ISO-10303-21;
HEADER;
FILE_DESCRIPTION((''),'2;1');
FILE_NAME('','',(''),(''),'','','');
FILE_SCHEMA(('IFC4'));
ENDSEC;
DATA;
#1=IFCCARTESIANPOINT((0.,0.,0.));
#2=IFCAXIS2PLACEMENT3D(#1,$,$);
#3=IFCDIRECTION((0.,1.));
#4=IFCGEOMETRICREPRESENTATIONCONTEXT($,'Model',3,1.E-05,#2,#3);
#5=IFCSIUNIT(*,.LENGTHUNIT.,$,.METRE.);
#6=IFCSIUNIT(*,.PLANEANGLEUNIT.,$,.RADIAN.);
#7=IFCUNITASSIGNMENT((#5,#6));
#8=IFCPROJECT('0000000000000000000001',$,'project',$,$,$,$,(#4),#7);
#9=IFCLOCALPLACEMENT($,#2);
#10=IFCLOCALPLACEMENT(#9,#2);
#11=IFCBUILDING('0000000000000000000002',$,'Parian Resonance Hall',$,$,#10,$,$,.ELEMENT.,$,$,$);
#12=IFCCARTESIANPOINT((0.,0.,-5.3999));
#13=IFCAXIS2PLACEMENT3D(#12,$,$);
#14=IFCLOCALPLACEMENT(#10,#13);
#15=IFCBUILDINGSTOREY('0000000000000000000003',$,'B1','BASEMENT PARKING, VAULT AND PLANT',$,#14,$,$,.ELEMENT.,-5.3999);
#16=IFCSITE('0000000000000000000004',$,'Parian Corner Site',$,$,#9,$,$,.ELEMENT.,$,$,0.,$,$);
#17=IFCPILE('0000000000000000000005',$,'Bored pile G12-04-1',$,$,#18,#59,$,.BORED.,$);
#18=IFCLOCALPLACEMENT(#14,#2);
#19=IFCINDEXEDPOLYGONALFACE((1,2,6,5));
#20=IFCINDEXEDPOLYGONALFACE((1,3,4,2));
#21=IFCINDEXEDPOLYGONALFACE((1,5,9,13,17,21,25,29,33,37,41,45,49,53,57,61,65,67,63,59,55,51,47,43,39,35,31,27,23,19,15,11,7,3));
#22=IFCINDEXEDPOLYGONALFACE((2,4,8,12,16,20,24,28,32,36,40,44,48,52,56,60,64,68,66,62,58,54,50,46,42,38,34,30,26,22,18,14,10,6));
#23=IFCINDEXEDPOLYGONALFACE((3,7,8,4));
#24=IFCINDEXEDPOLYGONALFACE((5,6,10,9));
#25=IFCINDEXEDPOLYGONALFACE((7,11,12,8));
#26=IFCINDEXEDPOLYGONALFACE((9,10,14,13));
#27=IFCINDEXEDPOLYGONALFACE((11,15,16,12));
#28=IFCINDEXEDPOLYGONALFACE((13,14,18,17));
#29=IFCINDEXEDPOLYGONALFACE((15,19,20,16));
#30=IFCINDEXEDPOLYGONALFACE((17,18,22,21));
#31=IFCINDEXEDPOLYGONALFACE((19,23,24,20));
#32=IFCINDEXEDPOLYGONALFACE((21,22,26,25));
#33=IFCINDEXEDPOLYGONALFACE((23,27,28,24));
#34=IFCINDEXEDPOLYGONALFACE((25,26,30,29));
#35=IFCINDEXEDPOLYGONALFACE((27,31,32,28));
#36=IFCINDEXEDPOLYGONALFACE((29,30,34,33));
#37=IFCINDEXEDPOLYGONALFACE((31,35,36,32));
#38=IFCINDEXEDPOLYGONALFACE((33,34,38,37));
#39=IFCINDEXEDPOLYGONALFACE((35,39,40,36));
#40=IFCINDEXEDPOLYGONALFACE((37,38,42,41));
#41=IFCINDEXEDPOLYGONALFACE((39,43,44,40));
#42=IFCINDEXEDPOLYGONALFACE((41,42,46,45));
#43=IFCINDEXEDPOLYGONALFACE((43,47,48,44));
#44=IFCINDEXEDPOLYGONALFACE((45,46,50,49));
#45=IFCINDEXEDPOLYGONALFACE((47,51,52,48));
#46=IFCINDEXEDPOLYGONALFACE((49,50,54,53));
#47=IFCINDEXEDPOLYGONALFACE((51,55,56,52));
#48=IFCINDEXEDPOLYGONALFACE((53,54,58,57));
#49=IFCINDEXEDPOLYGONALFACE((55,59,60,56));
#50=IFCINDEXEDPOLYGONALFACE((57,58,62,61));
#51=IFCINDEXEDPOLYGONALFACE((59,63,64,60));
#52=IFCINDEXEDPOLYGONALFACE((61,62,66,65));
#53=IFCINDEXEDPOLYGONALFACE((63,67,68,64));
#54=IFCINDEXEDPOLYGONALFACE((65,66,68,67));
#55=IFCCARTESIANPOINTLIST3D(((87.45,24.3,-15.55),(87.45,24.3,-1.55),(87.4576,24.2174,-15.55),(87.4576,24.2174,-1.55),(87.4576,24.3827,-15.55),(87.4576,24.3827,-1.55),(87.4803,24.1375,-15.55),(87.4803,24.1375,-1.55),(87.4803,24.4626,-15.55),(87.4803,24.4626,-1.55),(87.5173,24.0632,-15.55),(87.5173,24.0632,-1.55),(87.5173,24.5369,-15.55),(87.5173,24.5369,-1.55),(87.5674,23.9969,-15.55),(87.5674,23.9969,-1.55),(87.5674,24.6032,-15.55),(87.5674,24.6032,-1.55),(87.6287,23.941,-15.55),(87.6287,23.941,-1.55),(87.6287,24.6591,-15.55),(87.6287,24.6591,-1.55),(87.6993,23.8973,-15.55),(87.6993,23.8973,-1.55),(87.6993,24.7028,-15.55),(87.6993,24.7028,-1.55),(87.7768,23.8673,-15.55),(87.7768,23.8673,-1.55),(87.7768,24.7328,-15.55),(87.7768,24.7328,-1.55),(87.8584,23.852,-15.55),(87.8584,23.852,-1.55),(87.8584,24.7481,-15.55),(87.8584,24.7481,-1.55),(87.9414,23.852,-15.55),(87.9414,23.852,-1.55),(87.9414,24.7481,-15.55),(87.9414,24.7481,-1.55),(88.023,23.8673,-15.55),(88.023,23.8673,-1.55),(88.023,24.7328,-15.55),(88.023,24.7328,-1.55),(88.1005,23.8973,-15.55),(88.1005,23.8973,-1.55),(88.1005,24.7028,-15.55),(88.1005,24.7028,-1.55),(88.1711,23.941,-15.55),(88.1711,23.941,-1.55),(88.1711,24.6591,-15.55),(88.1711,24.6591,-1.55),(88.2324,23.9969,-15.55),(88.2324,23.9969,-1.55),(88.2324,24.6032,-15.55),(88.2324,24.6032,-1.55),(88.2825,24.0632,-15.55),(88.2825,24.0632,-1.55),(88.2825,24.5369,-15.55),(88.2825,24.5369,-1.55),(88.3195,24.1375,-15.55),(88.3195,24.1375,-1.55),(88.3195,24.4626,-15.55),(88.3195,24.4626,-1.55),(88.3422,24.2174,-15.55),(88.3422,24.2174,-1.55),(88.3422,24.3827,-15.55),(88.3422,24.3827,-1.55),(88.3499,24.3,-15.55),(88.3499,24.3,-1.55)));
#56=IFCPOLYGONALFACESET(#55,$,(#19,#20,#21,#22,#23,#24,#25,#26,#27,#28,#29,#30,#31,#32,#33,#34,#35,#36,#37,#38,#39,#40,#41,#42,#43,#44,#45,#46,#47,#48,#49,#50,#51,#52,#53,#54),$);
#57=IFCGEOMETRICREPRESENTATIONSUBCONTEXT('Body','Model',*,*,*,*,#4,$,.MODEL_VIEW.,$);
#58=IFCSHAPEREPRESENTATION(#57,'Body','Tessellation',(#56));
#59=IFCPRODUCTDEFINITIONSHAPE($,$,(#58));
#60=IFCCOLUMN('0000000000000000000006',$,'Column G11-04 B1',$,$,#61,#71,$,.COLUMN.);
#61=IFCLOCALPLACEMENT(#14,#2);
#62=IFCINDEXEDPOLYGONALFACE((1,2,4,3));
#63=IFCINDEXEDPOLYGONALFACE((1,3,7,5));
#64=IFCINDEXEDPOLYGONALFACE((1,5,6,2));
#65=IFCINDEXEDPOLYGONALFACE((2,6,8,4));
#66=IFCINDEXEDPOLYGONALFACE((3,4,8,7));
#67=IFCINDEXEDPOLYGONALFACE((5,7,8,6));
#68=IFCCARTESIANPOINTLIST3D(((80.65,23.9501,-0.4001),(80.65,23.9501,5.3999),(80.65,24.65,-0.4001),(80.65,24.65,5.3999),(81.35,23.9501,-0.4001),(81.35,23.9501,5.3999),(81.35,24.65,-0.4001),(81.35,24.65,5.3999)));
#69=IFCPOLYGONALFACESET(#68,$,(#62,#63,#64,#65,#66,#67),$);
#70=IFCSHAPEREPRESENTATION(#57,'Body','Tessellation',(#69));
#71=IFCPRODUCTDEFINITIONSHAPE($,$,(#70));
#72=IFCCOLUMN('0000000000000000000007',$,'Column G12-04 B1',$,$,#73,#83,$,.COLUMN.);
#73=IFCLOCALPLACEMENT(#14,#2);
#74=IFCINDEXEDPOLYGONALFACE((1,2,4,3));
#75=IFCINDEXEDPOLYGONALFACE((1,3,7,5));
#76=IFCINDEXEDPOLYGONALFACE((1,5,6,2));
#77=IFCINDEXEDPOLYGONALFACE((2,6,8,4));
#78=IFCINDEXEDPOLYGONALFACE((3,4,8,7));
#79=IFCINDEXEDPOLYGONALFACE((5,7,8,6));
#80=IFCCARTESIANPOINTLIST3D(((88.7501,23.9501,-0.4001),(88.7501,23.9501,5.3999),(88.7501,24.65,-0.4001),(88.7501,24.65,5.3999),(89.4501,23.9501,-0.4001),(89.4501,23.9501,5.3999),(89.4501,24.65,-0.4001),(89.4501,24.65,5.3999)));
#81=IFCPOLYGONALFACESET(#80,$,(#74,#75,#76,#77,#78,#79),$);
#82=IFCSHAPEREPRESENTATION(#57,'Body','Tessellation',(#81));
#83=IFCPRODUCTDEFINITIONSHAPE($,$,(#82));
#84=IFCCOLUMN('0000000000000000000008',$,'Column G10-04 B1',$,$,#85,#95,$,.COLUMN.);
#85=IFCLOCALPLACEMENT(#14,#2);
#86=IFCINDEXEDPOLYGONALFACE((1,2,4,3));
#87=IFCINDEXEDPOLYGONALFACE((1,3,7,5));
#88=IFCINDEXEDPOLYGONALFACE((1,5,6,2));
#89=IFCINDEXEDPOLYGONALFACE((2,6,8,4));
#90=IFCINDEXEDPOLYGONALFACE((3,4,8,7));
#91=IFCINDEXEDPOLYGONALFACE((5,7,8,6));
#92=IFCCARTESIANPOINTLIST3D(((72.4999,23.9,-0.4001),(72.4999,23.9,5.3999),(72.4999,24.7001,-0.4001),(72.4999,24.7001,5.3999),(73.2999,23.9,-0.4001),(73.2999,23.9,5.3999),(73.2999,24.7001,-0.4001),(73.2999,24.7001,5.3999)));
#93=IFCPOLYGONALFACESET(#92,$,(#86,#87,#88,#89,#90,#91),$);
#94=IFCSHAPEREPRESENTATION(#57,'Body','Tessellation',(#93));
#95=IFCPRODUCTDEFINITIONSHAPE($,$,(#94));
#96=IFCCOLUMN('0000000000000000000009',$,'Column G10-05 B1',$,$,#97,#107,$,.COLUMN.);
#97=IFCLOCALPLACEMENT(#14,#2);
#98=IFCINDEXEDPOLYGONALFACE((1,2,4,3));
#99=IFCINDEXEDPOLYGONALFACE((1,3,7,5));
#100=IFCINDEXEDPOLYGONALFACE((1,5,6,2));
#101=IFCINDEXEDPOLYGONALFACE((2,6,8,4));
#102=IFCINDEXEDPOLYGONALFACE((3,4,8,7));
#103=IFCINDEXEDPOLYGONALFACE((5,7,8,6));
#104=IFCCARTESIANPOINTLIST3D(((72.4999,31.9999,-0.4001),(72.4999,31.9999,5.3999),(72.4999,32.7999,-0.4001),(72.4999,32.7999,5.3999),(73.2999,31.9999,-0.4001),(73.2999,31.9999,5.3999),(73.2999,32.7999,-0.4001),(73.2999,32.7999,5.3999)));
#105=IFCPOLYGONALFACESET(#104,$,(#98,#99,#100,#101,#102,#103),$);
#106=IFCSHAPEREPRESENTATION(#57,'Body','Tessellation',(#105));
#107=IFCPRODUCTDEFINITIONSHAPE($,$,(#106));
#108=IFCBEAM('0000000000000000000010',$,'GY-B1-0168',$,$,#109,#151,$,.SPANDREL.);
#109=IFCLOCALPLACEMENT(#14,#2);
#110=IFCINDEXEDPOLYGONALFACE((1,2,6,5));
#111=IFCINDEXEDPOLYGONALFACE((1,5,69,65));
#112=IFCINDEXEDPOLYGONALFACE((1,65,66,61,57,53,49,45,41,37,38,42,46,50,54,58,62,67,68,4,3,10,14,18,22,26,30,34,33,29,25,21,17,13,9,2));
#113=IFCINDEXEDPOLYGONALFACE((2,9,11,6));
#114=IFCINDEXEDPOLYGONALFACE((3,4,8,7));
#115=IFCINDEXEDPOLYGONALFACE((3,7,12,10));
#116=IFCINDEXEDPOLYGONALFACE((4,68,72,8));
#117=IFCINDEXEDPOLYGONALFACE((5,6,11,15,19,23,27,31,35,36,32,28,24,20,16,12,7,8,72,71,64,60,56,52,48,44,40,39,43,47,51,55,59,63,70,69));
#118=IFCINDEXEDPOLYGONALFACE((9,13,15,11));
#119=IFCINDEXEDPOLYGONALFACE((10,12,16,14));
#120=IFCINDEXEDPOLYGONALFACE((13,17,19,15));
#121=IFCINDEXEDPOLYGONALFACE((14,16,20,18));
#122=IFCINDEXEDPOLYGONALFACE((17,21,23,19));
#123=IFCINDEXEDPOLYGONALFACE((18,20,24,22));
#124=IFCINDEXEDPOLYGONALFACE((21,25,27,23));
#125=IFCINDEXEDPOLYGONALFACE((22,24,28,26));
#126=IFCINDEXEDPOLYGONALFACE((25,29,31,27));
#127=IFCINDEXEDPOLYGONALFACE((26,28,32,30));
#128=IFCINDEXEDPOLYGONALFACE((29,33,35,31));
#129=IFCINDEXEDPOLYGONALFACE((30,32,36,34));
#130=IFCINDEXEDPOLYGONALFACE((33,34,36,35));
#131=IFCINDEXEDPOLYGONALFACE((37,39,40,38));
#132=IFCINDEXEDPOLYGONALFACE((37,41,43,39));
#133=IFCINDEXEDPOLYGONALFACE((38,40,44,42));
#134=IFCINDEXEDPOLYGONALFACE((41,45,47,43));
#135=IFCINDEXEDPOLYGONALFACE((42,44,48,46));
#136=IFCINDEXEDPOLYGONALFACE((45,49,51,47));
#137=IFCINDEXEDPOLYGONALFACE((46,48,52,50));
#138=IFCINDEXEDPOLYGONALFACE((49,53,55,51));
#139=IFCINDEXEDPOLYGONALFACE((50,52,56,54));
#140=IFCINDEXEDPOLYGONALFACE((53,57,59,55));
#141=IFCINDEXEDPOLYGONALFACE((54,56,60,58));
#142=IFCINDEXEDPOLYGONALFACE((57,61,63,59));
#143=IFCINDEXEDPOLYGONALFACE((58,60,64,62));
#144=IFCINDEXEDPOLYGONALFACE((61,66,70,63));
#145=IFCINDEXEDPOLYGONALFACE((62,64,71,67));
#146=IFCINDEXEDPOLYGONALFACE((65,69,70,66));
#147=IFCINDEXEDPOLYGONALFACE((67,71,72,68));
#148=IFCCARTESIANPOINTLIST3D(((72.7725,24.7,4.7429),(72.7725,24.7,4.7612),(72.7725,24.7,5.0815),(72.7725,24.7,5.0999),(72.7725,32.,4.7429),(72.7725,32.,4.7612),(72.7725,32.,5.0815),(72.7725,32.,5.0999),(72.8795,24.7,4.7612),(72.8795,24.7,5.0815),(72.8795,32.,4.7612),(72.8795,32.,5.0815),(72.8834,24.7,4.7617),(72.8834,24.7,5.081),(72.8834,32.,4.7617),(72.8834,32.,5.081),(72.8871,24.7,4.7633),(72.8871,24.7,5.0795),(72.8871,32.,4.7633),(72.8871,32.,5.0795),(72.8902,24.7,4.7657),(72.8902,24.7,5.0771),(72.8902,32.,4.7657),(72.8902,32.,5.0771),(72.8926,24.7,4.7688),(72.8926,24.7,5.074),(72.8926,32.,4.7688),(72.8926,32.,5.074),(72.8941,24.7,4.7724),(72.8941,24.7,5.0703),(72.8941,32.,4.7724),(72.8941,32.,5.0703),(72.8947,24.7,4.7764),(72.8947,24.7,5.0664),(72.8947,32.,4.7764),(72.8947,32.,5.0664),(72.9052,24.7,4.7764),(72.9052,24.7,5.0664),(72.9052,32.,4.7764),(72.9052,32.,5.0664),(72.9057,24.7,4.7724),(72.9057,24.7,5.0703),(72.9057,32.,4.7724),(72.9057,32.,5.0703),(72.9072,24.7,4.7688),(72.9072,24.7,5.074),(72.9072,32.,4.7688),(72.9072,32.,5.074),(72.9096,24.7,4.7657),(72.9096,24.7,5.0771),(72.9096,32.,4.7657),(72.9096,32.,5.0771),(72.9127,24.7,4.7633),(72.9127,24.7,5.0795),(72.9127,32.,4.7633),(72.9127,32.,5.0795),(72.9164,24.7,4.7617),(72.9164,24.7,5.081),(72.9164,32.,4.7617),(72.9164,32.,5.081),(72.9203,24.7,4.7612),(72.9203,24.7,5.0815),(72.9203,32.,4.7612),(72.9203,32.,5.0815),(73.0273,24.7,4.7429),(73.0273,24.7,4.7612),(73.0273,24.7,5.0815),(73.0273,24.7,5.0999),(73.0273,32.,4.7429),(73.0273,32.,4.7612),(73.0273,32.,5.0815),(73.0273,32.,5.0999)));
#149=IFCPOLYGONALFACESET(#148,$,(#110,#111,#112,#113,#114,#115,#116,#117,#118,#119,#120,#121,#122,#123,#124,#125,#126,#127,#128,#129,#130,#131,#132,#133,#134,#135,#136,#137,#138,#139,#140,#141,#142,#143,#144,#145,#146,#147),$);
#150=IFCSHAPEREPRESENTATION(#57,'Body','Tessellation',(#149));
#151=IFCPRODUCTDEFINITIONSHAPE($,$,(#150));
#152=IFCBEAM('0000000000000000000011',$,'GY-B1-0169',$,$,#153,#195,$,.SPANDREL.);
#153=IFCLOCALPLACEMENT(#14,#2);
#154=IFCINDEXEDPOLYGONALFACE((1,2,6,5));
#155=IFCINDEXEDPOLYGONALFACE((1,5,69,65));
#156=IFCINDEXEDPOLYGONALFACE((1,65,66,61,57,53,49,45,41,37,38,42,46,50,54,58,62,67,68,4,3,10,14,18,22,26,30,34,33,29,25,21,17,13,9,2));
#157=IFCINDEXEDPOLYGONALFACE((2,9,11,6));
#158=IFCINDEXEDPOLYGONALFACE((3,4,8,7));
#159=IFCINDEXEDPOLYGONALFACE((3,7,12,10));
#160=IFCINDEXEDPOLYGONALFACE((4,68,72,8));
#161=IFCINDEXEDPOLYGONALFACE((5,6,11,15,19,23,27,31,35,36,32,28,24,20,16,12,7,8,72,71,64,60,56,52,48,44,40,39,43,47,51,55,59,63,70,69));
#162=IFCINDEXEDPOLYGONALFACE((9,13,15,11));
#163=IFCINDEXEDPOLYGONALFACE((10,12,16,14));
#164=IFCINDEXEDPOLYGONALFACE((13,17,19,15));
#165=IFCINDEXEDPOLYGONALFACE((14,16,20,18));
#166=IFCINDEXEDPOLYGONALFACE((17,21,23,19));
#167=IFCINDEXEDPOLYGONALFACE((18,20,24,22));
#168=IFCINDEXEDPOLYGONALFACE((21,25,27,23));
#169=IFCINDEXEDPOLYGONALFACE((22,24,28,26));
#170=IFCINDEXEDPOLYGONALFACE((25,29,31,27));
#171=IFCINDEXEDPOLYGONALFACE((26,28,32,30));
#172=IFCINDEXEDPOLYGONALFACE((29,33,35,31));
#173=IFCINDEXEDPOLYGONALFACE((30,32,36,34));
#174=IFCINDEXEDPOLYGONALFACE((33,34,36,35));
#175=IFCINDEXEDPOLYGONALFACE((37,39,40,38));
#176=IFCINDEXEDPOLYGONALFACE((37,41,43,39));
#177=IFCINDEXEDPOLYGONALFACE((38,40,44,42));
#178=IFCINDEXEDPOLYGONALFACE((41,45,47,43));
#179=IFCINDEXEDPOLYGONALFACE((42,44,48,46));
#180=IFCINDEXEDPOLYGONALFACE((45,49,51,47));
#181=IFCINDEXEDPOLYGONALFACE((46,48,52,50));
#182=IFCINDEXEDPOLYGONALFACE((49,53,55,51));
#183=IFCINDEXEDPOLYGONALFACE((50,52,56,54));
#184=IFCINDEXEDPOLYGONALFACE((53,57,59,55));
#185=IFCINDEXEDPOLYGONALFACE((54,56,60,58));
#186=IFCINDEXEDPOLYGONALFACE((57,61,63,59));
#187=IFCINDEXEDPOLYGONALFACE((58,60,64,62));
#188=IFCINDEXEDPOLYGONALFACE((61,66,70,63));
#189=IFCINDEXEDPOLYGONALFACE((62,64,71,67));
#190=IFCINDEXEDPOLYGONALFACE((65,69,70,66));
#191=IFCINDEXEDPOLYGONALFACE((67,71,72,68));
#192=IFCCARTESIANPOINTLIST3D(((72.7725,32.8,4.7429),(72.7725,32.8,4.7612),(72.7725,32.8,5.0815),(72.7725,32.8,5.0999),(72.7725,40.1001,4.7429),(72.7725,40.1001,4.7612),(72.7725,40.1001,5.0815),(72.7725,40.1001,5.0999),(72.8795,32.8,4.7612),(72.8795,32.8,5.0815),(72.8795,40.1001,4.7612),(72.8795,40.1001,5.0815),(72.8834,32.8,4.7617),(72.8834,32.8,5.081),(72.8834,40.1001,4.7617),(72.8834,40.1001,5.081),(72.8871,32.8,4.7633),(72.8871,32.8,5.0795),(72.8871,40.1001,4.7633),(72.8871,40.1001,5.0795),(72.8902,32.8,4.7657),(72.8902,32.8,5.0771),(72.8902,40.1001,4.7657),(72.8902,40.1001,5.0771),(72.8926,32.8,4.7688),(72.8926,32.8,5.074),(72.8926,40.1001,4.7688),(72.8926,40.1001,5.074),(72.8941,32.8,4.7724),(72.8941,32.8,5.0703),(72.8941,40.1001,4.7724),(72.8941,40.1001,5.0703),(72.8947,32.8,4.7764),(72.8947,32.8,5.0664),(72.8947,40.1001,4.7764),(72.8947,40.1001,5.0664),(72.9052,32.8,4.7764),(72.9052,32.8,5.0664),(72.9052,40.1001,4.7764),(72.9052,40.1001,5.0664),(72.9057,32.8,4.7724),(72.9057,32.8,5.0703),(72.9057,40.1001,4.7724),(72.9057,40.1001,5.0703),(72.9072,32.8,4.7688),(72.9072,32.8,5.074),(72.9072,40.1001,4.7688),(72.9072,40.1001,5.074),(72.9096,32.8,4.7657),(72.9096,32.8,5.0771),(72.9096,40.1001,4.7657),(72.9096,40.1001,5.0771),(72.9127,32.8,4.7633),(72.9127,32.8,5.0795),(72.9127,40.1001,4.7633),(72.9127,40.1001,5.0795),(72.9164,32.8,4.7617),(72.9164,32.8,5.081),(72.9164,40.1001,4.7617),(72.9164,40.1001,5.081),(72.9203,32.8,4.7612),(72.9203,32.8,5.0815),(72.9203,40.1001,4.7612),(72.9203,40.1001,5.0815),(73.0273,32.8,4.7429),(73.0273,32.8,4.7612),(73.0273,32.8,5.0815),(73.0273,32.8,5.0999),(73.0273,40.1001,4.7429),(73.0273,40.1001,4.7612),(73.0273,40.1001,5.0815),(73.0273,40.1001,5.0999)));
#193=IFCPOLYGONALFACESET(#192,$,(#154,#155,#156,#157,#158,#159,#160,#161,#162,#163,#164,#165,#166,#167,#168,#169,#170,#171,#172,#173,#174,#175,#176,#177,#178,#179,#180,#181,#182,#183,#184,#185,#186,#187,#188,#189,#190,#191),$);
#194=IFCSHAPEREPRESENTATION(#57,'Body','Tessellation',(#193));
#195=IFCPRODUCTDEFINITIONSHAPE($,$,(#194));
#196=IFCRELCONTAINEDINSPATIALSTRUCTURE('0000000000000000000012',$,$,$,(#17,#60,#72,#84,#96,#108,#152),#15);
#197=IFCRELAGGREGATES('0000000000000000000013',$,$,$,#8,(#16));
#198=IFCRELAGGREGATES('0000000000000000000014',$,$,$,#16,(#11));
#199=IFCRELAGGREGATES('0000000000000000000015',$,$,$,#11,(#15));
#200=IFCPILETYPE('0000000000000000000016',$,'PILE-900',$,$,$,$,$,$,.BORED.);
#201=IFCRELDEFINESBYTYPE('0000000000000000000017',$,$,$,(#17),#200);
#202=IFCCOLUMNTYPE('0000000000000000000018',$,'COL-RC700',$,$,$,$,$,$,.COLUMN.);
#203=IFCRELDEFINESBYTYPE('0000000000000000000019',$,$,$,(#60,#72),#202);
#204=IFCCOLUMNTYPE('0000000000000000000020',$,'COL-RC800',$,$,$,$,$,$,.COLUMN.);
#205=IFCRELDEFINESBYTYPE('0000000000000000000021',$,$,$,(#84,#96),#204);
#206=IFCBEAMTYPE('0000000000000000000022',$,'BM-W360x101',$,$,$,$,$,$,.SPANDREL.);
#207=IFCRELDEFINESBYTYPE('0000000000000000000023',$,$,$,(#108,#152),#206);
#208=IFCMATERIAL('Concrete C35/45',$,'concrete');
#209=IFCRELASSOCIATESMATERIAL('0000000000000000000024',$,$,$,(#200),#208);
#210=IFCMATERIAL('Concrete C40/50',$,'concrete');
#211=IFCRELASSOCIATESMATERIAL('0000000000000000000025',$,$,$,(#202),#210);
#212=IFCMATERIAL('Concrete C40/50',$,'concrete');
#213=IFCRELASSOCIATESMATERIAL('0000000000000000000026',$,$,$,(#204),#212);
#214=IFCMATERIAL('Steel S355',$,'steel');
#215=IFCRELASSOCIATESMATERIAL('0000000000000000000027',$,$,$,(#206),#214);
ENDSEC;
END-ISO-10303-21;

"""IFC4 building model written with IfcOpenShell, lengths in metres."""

from ifc_helpers import new_model, si_unit, direction, frame, origin, origin_2d, place, context, subcontext, project, spatial, rectangle, circle, i_section, extrude, material, material_profile, profile_set, type_object, element, save


model = new_model("IFC4")

# Units and contexts
model_context = context("Model", 3, precision=1e-05, world=origin(), true_north=direction((0.0, 1.0)))
body_context = subcontext(model_context, "Body", "Model", "MODEL_VIEW")
ifc_project = project(units=[si_unit("LENGTHUNIT", "METRE"), si_unit("PLANEANGLEUNIT", "RADIAN")], contexts=[model_context])

# Site, building, storey
site_placement = place(None, origin())
site = spatial("IfcSite", under=ifc_project, at=site_placement, Name="Parian Corner Site", CompositionType="ELEMENT", RefElevation=0.0)
building_placement = place(site_placement, origin())
building = spatial("IfcBuilding", under=site, at=building_placement, Name="Parian Resonance Hall", CompositionType="ELEMENT")
storey_placement = place(building_placement, frame((0.0, 0.0, -5.3999)))
storey = spatial("IfcBuildingStorey", under=building, at=storey_placement, Name="B1", Description="BASEMENT PARKING, VAULT AND PLANT", CompositionType="ELEMENT", Elevation=-5.3999)

# Pile
ifc_material_1 = material(Name="Concrete C35/45", Category="concrete")
ifc_material_profile_1 = material_profile(ifc_material_1, circle(Radius=0.45, at=origin_2d()), Name="PILE-D900")
ifc_profile_set_1 = profile_set([ifc_material_profile_1], Name="Concrete C35/45")
pile_type_1 = type_object("IfcPileType", Name="PILE-900", PredefinedType="BORED", material=ifc_profile_set_1)
for number, where, z_axis, x_axis, name in (
    (1, (87.8999, 24.3, -1.55), (0.0, 0.0, -1.0), (1.0, 0.0, 0.0), "Bored pile G12-04-1"),
):
    element("IfcPile", number, at=place(storey_placement, frame(where, z_axis=z_axis, x_axis=x_axis)), inside=storey, type_object=pile_type_1, Name=name, PredefinedType="BORED", context=body_context, shape_type="SweptSolid", body=[
        extrude(circle(Radius=0.45, at=origin_2d()), origin(), (0.0, 0.0, 1.0), 14.0),
    ])

# Columns
ifc_material_2 = material(Name="Concrete C40/50", Category="concrete")
ifc_material_profile_2 = material_profile(ifc_material_2, rectangle(XDim=0.7, YDim=0.7, at=origin_2d()), Name="RC-COL-700x700")
ifc_profile_set_2 = profile_set([ifc_material_profile_2], Name="Concrete C40/50")
column_type_1 = type_object("IfcColumnType", Name="COL-RC700", PredefinedType="COLUMN", material=ifc_profile_set_2)
for number, where, z_axis, x_axis, name in (
    (2, (81.0, 24.3, -0.4001), (0.0, 0.0, 1.0), (1.0, 0.0, 0.0), "Column G11-04 B1"),
    (3, (89.1001, 24.3, -0.4001), (0.0, 0.0, 1.0), (1.0, 0.0, 0.0), "Column G12-04 B1"),
):
    element("IfcColumn", number, at=place(storey_placement, frame(where, z_axis=z_axis, x_axis=x_axis)), inside=storey, type_object=column_type_1, Name=name, PredefinedType="COLUMN", context=body_context, shape_type="SweptSolid", body=[
        extrude(rectangle(XDim=0.7, YDim=0.7, at=origin_2d()), origin(), (0.0, 0.0, 1.0), 5.8),
    ])
ifc_material_3 = material(Name="Concrete C40/50", Category="concrete")
ifc_material_profile_3 = material_profile(ifc_material_3, rectangle(XDim=0.8, YDim=0.8, at=origin_2d()), Name="RC-COL-800x800")
ifc_profile_set_3 = profile_set([ifc_material_profile_3], Name="Concrete C40/50")
column_type_2 = type_object("IfcColumnType", Name="COL-RC800", PredefinedType="COLUMN", material=ifc_profile_set_3)
for number, where, z_axis, x_axis, name in (
    (4, (72.8999, 24.3, -0.4001), (0.0, 0.0, 1.0), (1.0, 0.0, 0.0), "Column G10-04 B1"),
    (5, (72.8999, 32.3999, -0.4001), (0.0, 0.0, 1.0), (1.0, 0.0, 0.0), "Column G10-05 B1"),
):
    element("IfcColumn", number, at=place(storey_placement, frame(where, z_axis=z_axis, x_axis=x_axis)), inside=storey, type_object=column_type_2, Name=name, PredefinedType="COLUMN", context=body_context, shape_type="SweptSolid", body=[
        extrude(rectangle(XDim=0.8, YDim=0.8, at=origin_2d()), origin(), (0.0, 0.0, 1.0), 5.8),
    ])

# Beams
ifc_material_4 = material(Name="Steel S355", Category="steel")
ifc_material_profile_4 = material_profile(ifc_material_4, i_section(OverallWidth=0.2549, OverallDepth=0.3569, WebThickness=0.0105, FlangeThickness=0.0183, FilletRadius=0.0151, at=origin_2d()), Name="W360x101")
ifc_profile_set_4 = profile_set([ifc_material_profile_4], Name="Steel S355")
beam_type_1 = type_object("IfcBeamType", Name="BM-W360x101", PredefinedType="SPANDREL", material=ifc_profile_set_4)
for number, where, z_axis, x_axis, name in (
    (6, (72.8999, 24.7, 4.9214), (0.0, 1.0, 0.0), (-1.0, 0.0, 0.0), "GY-B1-0168"),
    (7, (72.8999, 32.8, 4.9214), (0.0, 1.0, 0.0), (-1.0, 0.0, 0.0), "GY-B1-0169"),
):
    element("IfcBeam", number, at=place(storey_placement, frame(where, z_axis=z_axis, x_axis=x_axis)), inside=storey, type_object=beam_type_1, Name=name, PredefinedType="SPANDREL", context=body_context, shape_type="SweptSolid", body=[
        extrude(i_section(OverallWidth=0.2549, OverallDepth=0.3569, WebThickness=0.0105, FlangeThickness=0.0183, FilletRadius=0.0151, at=origin_2d()), origin(), (0.0, 0.0, 1.0), 7.3),
    ])

save(model, "model.ifc")
